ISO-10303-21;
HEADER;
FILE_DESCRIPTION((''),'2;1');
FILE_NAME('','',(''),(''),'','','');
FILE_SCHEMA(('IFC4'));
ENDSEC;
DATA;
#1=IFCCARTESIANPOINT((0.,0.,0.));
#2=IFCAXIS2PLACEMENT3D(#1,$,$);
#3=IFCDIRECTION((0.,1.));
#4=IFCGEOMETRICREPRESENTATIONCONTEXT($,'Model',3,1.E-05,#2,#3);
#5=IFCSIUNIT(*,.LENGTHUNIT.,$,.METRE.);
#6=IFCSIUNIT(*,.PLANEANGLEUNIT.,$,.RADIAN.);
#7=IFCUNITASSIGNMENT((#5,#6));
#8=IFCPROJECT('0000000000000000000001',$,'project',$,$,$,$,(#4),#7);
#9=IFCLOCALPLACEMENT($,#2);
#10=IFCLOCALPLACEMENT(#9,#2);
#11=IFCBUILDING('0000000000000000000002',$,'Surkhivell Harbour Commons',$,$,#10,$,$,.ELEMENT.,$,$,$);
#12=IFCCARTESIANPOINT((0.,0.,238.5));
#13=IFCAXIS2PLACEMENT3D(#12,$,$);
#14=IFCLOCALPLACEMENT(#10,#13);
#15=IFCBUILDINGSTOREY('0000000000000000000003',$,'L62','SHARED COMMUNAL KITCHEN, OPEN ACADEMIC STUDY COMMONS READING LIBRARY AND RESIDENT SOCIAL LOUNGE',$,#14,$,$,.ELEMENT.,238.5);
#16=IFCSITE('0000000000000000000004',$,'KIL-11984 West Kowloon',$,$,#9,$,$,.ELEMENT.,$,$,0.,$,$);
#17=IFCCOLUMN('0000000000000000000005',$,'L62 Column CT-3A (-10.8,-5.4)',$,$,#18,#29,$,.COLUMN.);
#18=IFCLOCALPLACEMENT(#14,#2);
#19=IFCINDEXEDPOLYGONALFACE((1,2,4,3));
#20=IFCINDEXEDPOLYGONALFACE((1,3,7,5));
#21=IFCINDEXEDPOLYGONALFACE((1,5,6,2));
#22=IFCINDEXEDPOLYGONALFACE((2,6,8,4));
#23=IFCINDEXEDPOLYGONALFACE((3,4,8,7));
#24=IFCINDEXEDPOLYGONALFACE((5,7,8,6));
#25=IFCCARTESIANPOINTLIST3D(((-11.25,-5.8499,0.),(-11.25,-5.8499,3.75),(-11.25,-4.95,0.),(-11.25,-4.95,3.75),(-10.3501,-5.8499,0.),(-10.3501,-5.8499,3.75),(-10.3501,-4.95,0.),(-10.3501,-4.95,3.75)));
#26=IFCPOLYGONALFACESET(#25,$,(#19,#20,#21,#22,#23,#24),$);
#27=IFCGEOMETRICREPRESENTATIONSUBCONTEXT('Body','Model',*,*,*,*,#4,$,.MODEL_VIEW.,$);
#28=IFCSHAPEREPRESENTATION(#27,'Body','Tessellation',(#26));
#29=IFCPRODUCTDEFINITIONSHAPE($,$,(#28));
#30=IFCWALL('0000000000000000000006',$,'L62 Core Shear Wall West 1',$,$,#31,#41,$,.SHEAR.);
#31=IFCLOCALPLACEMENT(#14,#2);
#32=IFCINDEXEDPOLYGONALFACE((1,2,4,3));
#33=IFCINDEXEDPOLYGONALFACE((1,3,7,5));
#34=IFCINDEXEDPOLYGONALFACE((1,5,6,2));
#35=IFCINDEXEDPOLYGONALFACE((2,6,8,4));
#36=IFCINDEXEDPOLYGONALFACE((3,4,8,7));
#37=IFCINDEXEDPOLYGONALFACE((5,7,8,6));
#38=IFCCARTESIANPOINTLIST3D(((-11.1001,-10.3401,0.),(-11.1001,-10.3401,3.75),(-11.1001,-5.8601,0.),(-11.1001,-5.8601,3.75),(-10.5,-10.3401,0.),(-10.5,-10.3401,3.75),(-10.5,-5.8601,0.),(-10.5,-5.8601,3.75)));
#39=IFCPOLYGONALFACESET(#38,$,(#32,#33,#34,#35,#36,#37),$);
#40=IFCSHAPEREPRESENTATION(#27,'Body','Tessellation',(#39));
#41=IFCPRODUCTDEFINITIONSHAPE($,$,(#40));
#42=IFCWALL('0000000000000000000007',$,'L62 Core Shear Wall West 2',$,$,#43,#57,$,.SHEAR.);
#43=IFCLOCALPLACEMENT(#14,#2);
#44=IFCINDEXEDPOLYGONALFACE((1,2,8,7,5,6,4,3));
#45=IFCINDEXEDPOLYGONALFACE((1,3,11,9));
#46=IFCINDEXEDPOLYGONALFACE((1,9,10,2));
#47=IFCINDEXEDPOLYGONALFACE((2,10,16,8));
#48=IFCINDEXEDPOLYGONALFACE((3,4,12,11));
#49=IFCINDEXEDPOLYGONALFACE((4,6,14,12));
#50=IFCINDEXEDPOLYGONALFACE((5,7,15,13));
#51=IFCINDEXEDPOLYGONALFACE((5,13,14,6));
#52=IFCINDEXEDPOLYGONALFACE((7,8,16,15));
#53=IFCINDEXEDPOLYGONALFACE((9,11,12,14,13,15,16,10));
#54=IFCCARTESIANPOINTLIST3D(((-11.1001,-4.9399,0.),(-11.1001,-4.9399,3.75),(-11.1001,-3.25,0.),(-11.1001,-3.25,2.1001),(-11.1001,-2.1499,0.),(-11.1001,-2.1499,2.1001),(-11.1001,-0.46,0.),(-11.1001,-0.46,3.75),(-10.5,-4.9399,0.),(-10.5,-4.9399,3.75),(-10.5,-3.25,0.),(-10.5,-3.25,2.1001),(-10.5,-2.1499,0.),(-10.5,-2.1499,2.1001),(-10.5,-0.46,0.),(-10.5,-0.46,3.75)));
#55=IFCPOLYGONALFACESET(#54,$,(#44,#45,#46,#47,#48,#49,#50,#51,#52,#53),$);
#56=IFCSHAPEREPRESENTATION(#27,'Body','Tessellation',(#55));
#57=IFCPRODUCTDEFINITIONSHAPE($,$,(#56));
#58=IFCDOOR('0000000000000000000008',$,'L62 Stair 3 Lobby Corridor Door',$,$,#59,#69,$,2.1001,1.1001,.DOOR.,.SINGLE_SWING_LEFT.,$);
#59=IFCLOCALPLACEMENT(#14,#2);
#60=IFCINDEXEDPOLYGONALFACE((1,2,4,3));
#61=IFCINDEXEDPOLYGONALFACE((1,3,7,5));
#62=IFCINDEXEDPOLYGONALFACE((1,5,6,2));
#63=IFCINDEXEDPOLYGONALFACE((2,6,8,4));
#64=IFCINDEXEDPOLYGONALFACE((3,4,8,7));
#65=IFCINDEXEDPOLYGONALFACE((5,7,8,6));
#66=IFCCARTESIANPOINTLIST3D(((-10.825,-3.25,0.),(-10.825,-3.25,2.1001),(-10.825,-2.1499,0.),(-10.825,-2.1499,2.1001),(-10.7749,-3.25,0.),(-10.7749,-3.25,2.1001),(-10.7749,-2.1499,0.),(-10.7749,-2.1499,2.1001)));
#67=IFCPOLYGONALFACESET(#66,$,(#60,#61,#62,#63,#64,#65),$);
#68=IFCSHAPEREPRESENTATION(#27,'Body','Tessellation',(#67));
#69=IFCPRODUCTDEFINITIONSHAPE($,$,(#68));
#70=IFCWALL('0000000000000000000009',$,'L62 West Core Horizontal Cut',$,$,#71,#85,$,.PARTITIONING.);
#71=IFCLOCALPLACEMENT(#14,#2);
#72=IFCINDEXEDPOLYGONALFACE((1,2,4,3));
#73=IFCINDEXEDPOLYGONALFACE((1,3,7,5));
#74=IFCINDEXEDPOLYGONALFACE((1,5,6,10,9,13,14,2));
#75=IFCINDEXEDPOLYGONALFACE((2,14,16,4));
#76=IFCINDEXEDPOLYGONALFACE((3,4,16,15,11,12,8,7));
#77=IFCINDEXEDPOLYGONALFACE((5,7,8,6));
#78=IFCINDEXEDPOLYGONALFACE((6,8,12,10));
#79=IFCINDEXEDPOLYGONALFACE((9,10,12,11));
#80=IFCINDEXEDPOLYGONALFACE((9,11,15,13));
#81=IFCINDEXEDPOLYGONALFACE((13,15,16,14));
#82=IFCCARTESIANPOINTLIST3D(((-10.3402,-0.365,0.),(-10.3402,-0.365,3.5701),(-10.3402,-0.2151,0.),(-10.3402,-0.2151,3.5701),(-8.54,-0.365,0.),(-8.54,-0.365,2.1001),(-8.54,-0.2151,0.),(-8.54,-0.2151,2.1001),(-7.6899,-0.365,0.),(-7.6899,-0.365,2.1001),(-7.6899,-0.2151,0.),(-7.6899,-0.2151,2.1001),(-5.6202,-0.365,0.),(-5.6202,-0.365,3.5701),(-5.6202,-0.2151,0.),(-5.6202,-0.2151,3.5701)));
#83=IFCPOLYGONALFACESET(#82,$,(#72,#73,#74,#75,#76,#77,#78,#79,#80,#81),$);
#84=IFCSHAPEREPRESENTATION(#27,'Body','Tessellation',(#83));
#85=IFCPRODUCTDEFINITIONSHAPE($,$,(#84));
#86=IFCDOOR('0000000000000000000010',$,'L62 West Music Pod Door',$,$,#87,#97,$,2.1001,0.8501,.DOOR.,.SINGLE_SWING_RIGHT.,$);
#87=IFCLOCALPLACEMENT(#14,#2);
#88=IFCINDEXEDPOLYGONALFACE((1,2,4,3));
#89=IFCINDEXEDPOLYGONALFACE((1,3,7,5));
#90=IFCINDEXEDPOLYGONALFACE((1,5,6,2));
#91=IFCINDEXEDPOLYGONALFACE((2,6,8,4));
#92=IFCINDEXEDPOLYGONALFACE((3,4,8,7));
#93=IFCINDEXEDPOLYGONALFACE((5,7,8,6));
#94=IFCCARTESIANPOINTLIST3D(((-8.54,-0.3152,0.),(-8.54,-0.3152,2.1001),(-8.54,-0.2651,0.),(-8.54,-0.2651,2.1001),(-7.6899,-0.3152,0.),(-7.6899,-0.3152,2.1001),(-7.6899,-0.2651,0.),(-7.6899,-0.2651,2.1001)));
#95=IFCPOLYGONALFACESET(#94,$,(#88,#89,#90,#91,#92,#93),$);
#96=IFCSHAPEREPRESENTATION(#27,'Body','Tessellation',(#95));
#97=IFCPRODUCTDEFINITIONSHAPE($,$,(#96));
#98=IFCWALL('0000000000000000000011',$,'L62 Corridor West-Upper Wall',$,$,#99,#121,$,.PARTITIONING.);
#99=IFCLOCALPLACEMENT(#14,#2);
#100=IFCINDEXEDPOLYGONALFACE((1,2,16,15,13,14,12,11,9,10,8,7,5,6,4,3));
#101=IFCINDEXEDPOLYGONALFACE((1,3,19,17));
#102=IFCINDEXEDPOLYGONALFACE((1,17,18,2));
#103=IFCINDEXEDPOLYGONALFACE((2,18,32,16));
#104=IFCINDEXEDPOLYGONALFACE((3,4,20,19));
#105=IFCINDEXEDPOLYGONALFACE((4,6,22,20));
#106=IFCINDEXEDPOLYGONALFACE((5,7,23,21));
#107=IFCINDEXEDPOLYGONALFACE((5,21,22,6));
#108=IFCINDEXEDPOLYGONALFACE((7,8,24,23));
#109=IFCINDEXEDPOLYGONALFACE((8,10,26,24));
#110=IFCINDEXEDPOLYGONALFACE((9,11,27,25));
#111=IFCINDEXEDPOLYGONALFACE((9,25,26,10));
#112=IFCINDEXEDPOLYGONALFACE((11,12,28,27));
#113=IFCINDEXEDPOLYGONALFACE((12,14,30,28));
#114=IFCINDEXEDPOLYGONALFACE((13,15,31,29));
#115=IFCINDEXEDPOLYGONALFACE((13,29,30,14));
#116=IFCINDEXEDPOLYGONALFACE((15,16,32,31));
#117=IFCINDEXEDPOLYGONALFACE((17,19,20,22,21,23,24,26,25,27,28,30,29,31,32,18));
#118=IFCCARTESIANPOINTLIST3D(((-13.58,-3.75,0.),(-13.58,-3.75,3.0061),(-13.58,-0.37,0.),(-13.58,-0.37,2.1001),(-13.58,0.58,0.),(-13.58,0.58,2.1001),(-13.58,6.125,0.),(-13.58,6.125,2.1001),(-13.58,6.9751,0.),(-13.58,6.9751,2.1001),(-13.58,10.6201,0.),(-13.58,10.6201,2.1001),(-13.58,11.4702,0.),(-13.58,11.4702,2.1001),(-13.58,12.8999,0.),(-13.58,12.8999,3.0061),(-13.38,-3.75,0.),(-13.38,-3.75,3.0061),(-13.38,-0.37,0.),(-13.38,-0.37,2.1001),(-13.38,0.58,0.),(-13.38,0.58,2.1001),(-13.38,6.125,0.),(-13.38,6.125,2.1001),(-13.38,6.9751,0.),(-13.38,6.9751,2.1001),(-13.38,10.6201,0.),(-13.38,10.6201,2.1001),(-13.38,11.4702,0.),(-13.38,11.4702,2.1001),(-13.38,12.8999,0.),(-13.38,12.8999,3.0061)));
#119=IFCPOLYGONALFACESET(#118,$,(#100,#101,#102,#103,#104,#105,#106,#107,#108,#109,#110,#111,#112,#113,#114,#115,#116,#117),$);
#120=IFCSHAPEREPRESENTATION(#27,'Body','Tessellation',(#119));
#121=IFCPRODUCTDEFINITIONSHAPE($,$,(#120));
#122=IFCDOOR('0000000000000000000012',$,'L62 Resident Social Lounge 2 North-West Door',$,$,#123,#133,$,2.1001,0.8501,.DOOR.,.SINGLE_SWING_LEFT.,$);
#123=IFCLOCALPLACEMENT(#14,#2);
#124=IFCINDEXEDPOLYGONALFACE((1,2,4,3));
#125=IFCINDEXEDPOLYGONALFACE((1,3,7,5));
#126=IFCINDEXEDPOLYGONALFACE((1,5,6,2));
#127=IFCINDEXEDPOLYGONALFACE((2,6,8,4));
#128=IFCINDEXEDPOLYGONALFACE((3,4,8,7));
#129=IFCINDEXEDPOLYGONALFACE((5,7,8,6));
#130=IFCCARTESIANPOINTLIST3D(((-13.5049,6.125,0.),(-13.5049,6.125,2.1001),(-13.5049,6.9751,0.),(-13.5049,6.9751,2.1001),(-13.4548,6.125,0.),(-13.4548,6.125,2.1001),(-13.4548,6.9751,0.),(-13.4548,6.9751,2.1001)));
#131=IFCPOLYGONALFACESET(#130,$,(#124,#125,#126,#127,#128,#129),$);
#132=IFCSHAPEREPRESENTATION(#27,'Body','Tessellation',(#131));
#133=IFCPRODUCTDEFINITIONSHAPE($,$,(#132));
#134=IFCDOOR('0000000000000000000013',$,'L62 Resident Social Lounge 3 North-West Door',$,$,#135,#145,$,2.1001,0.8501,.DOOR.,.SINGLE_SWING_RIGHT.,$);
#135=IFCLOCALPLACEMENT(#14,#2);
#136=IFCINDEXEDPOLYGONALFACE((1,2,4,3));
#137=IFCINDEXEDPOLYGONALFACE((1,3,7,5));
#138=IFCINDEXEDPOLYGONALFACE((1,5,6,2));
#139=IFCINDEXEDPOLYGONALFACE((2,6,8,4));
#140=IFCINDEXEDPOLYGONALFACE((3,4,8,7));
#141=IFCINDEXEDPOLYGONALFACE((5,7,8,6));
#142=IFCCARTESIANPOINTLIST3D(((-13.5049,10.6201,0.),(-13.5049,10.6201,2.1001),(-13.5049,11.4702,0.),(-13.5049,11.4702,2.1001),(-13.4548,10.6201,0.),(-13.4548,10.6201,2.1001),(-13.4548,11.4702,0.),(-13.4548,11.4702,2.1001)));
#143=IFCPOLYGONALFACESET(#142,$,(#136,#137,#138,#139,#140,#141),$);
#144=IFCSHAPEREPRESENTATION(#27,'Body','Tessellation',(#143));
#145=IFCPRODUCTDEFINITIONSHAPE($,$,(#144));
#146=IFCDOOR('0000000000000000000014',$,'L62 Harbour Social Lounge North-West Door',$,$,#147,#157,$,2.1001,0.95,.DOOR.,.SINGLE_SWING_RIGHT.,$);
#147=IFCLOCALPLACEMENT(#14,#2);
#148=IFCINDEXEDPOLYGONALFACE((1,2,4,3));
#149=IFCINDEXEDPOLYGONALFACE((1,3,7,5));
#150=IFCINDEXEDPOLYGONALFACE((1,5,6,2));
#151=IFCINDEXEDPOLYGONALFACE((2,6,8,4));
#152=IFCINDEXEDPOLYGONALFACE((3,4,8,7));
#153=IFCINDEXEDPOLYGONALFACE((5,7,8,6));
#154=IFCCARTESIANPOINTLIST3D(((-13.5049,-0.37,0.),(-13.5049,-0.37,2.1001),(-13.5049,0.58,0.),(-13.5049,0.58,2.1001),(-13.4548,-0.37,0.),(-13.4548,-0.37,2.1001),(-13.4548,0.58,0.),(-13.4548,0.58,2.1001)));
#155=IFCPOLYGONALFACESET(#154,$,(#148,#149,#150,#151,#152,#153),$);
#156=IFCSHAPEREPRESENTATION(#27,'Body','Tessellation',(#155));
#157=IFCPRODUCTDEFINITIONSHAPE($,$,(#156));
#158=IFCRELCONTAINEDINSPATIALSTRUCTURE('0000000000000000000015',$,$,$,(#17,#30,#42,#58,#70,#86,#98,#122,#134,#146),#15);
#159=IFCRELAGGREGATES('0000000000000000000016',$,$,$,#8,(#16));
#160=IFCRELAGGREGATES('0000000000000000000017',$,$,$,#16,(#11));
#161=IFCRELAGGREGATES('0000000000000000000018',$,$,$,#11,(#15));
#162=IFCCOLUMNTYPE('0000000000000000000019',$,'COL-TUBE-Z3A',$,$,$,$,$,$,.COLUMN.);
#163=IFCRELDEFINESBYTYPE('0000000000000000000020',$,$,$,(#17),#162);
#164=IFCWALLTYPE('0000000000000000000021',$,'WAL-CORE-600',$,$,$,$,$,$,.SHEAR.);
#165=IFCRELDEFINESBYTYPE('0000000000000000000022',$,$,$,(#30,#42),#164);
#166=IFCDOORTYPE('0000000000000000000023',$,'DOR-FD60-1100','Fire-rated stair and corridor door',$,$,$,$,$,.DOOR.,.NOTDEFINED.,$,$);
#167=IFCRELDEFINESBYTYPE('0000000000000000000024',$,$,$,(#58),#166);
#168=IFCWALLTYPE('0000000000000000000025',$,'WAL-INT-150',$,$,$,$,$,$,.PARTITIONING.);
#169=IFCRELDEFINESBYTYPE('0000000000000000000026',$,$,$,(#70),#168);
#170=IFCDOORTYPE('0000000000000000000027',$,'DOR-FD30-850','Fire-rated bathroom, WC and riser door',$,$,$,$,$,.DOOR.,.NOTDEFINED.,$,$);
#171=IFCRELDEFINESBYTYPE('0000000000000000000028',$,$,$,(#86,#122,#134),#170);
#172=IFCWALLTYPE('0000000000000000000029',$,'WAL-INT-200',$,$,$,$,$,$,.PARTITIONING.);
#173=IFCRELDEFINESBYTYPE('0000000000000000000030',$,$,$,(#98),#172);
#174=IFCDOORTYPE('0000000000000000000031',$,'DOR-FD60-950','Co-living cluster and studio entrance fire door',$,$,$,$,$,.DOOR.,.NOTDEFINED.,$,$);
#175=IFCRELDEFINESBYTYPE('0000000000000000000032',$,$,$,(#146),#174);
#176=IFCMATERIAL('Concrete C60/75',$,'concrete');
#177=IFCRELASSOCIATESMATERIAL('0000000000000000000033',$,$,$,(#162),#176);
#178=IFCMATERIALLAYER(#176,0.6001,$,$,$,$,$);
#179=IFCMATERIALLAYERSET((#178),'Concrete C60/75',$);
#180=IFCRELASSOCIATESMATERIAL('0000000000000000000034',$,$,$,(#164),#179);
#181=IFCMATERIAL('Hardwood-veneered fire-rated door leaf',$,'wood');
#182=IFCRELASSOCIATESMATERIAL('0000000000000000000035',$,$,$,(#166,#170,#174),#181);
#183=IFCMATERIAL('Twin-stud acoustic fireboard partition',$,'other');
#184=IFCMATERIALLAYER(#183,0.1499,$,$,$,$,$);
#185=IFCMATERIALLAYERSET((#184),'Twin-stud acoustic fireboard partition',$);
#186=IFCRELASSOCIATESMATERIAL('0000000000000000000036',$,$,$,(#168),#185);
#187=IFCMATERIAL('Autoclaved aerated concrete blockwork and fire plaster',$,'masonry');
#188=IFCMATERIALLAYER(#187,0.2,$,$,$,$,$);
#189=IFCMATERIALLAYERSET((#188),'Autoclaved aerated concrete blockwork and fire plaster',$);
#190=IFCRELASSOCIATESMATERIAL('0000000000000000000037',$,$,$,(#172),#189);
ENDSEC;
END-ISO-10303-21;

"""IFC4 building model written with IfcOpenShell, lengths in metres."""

from ifc_helpers import new_model, si_unit, direction, frame, frame_2d, origin, origin_2d, place, context, subcontext, project, spatial, rectangle, extrude, material, layer, layer_set, material_profile, profile_set, type_object, element, fill, save


model = new_model("IFC4")

# Units and contexts
model_context = context("Model", 3, precision=1e-05, world=origin(), true_north=direction((0.0, 1.0)))
body_context = subcontext(model_context, "Body", "Model", "MODEL_VIEW")
ifc_project = project(units=[si_unit("LENGTHUNIT", "METRE"), si_unit("PLANEANGLEUNIT", "RADIAN")], contexts=[model_context])

# Site, building, storey
site_placement = place(None, origin())
site = spatial("IfcSite", under=ifc_project, at=site_placement, Name="KIL-11984 West Kowloon", CompositionType="ELEMENT", RefElevation=0.0)
building_placement = place(site_placement, origin())
building = spatial("IfcBuilding", under=site, at=building_placement, Name="Surkhivell Harbour Commons", CompositionType="ELEMENT")
storey_placement = place(building_placement, frame((0.0, 0.0, 238.5)))
storey = spatial("IfcBuildingStorey", under=building, at=storey_placement, Name="L62", Description="SHARED COMMUNAL KITCHEN, OPEN ACADEMIC STUDY COMMONS READING LIBRARY AND RESIDENT SOCIAL LOUNGE", CompositionType="ELEMENT", Elevation=238.5)

# Column
ifc_material_1 = material(Name="Concrete C60/75", Category="concrete")
ifc_material_profile = material_profile(ifc_material_1, rectangle(XDim=0.8999, YDim=0.8999, at=origin_2d()), Name="RC-COL-900x900")
ifc_profile_set = profile_set([ifc_material_profile], Name="Concrete C60/75")
column_type = type_object("IfcColumnType", Name="COL-TUBE-Z3A", PredefinedType="COLUMN", material=ifc_profile_set)
column_placement = place(storey_placement, frame((-10.8, -5.3999, 0.0), z_axis=(0.0, 0.0, 1.0), x_axis=(1.0, 0.0, 0.0)))
element("IfcColumn", 1, at=column_placement, inside=storey, type_object=column_type, Name="L62 Column CT-3A (-10.8,-5.4)", PredefinedType="COLUMN", context=body_context, shape_type="SweptSolid", body=[
    extrude(rectangle(XDim=0.8999, YDim=0.8999, at=origin_2d()), origin(), (0.0, 0.0, 1.0), 3.75),
])

# Wall
ifc_layer_1 = layer(ifc_material_1, 0.6001)
ifc_layer_set_1 = layer_set([ifc_layer_1], Name="Concrete C60/75")
wall_type_1 = type_object("IfcWallType", Name="WAL-CORE-600", PredefinedType="SHEAR", material=ifc_layer_set_1)
wall_1_placement = place(storey_placement, frame((-10.8, -10.3401, 0.0), z_axis=(0.0, 0.0, 1.0), x_axis=(0.0, 1.0, 0.0)))
element("IfcWall", 2, at=wall_1_placement, inside=storey, type_object=wall_type_1, Name="L62 Core Shear Wall West 1", PredefinedType="SHEAR", context=body_context, shape_type="SweptSolid", body=[
    extrude(rectangle(XDim=4.48, YDim=0.6001, at=frame_2d((2.24, 0.0))), origin(), (0.0, 0.0, 1.0), 3.75),
])

# Walls, openings, doors
wall_2_placement = place(storey_placement, frame((-10.8, -4.9399, 0.0), z_axis=(0.0, 0.0, 1.0), x_axis=(0.0, 1.0, 0.0)))
wall_2 = element("IfcWall", 3, at=wall_2_placement, inside=storey, type_object=wall_type_1, Name="L62 Core Shear Wall West 2", PredefinedType="SHEAR", context=body_context, shape_type="SweptSolid", body=[
    extrude(rectangle(XDim=4.48, YDim=0.6001, at=frame_2d((2.24, 0.0))), origin(), (0.0, 0.0, 1.0), 3.75),
])
opening_1_placement = place(wall_2_placement, frame((1.6899, 0.0, 0.0)))
opening_1 = element("IfcOpeningElement", 4, at=opening_1_placement, cuts=wall_2, PredefinedType="OPENING", context=body_context, shape_type="SweptSolid", body=[
    extrude(rectangle(XDim=1.1001, YDim=2.1001, at=frame_2d((0.55, 1.05))), frame((0.0, 0.3101, 0.0), z_axis=(0.0, -1.0, 0.0), x_axis=(1.0, 0.0, 0.0)), (0.0, 0.0, 1.0), 0.6201),
])
ifc_material_2 = material(Name="Hardwood-veneered fire-rated door leaf", Category="wood")
door_type_1 = type_object("IfcDoorType", Name="DOR-FD60-1100", Description="Fire-rated stair and corridor door", OperationType="NOTDEFINED", PredefinedType="DOOR", material=ifc_material_2)
door_1_placement = place(opening_1_placement, origin())
door_1 = element("IfcDoor", 5, at=door_1_placement, inside=storey, type_object=door_type_1, Name="L62 Stair 3 Lobby Corridor Door", OperationType="SINGLE_SWING_LEFT", OverallHeight=2.1001, OverallWidth=1.1001, PredefinedType="DOOR", context=body_context, shape_type="SweptSolid", body=[
    extrude(rectangle(XDim=1.1001, YDim=2.1001, at=frame_2d((0.55, 1.05))), frame((0.0, 0.0249, 0.0), z_axis=(0.0, -1.0, 0.0), x_axis=(1.0, 0.0, 0.0)), (0.0, 0.0, 1.0), 0.05),
])
fill(opening_1, door_1)
ifc_material_3 = material(Name="Twin-stud acoustic fireboard partition", Category="other")
ifc_layer_2 = layer(ifc_material_3, 0.1499)
ifc_layer_set_2 = layer_set([ifc_layer_2], Name="Twin-stud acoustic fireboard partition")
wall_type_2 = type_object("IfcWallType", Name="WAL-INT-150", PredefinedType="PARTITIONING", material=ifc_layer_set_2)
wall_3_placement = place(storey_placement, frame((-10.3401, -0.29, 0.0), z_axis=(0.0, 0.0, 1.0), x_axis=(1.0, 0.0, 0.0)))
wall_3 = element("IfcWall", 6, at=wall_3_placement, inside=storey, type_object=wall_type_2, Name="L62 West Core Horizontal Cut", PredefinedType="PARTITIONING", context=body_context, shape_type="SweptSolid", body=[
    extrude(rectangle(XDim=4.72, YDim=0.1499, at=frame_2d((2.3599, 0.0))), origin(), (0.0, 0.0, 1.0), 3.5701),
])
opening_2_placement = place(wall_3_placement, frame((1.8, 0.0, 0.0)))
opening_2 = element("IfcOpeningElement", 7, at=opening_2_placement, cuts=wall_3, PredefinedType="OPENING", context=body_context, shape_type="SweptSolid", body=[
    extrude(rectangle(XDim=0.8501, YDim=2.1001, at=frame_2d((0.425, 1.05))), frame((0.0, 0.085, 0.0), z_axis=(0.0, -1.0, 0.0), x_axis=(1.0, 0.0, 0.0)), (0.0, 0.0, 1.0), 0.1699),
])
door_type_2 = type_object("IfcDoorType", Name="DOR-FD30-850", Description="Fire-rated bathroom, WC and riser door", OperationType="NOTDEFINED", PredefinedType="DOOR", material=ifc_material_2)
door_2_placement = place(opening_2_placement, origin())
door_2 = element("IfcDoor", 8, at=door_2_placement, inside=storey, type_object=door_type_2, Name="L62 West Music Pod Door", OperationType="SINGLE_SWING_RIGHT", OverallHeight=2.1001, OverallWidth=0.8501, PredefinedType="DOOR", context=body_context, shape_type="SweptSolid", body=[
    extrude(rectangle(XDim=0.8501, YDim=2.1001, at=frame_2d((0.425, 1.05))), frame((0.0, 0.0249, 0.0), z_axis=(0.0, -1.0, 0.0), x_axis=(1.0, 0.0, 0.0)), (0.0, 0.0, 1.0), 0.05),
])
fill(opening_2, door_2)

# Wall, openings, doors
ifc_material_4 = material(Name="Autoclaved aerated concrete blockwork and fire plaster", Category="masonry")
ifc_layer_3 = layer(ifc_material_4, 0.2)
ifc_layer_set_3 = layer_set([ifc_layer_3], Name="Autoclaved aerated concrete blockwork and fire plaster")
wall_type_3 = type_object("IfcWallType", Name="WAL-INT-200", PredefinedType="PARTITIONING", material=ifc_layer_set_3)
wall_4_placement = place(storey_placement, frame((-13.48, -3.75, 0.0), z_axis=(0.0, 0.0, 1.0), x_axis=(0.0, 1.0, 0.0)))
wall_4 = element("IfcWall", 9, at=wall_4_placement, inside=storey, type_object=wall_type_3, Name="L62 Corridor West-Upper Wall", PredefinedType="PARTITIONING", context=body_context, shape_type="SweptSolid", body=[
    extrude(rectangle(XDim=16.6499, YDim=0.2, at=frame_2d((8.325, 0.0))), origin(), (0.0, 0.0, 1.0), 3.0061),
])
opening_3_placement = place(wall_4_placement, frame((3.3799, 0.0, 0.0)))
opening_3 = element("IfcOpeningElement", 10, at=opening_3_placement, cuts=wall_4, PredefinedType="OPENING", context=body_context, shape_type="SweptSolid", body=[
    extrude(rectangle(XDim=0.95, YDim=2.1001, at=frame_2d((0.4751, 1.05))), frame((0.0, 0.1099, 0.0), z_axis=(0.0, -1.0, 0.0), x_axis=(1.0, 0.0, 0.0)), (0.0, 0.0, 1.0), 0.22),
])
opening_4_placement = place(wall_4_placement, frame((9.875, 0.0, 0.0)))
opening_4 = element("IfcOpeningElement", 11, at=opening_4_placement, cuts=wall_4, PredefinedType="OPENING", context=body_context, shape_type="SweptSolid", body=[
    extrude(rectangle(XDim=0.8501, YDim=2.1001, at=frame_2d((0.425, 1.05))), frame((0.0, 0.1099, 0.0), z_axis=(0.0, -1.0, 0.0), x_axis=(1.0, 0.0, 0.0)), (0.0, 0.0, 1.0), 0.22),
])
opening_5_placement = place(wall_4_placement, frame((14.3701, 0.0, 0.0)))
opening_5 = element("IfcOpeningElement", 12, at=opening_5_placement, cuts=wall_4, PredefinedType="OPENING", context=body_context, shape_type="SweptSolid", body=[
    extrude(rectangle(XDim=0.8501, YDim=2.1001, at=frame_2d((0.425, 1.05))), frame((0.0, 0.1099, 0.0), z_axis=(0.0, -1.0, 0.0), x_axis=(1.0, 0.0, 0.0)), (0.0, 0.0, 1.0), 0.22),
])
door_3_placement = place(opening_4_placement, origin())
door_3 = element("IfcDoor", 13, at=door_3_placement, inside=storey, type_object=door_type_2, Name="L62 Resident Social Lounge 2 North-West Door", OperationType="SINGLE_SWING_LEFT", OverallHeight=2.1001, OverallWidth=0.8501, PredefinedType="DOOR", context=body_context, shape_type="SweptSolid", body=[
    extrude(rectangle(XDim=0.8501, YDim=2.1001, at=frame_2d((0.425, 1.05))), frame((0.0, 0.0249, 0.0), z_axis=(0.0, -1.0, 0.0), x_axis=(1.0, 0.0, 0.0)), (0.0, 0.0, 1.0), 0.05),
])
fill(opening_4, door_3)
door_4_placement = place(opening_5_placement, origin())
door_4 = element("IfcDoor", 14, at=door_4_placement, inside=storey, type_object=door_type_2, Name="L62 Resident Social Lounge 3 North-West Door", OperationType="SINGLE_SWING_RIGHT", OverallHeight=2.1001, OverallWidth=0.8501, PredefinedType="DOOR", context=body_context, shape_type="SweptSolid", body=[
    extrude(rectangle(XDim=0.8501, YDim=2.1001, at=frame_2d((0.425, 1.05))), frame((0.0, 0.0249, 0.0), z_axis=(0.0, -1.0, 0.0), x_axis=(1.0, 0.0, 0.0)), (0.0, 0.0, 1.0), 0.05),
])
fill(opening_5, door_4)
door_type_3 = type_object("IfcDoorType", Name="DOR-FD60-950", Description="Co-living cluster and studio entrance fire door", OperationType="NOTDEFINED", PredefinedType="DOOR", material=ifc_material_2)
door_5_placement = place(opening_3_placement, origin())
door_5 = element("IfcDoor", 15, at=door_5_placement, inside=storey, type_object=door_type_3, Name="L62 Harbour Social Lounge North-West Door", OperationType="SINGLE_SWING_RIGHT", OverallHeight=2.1001, OverallWidth=0.95, PredefinedType="DOOR", context=body_context, shape_type="SweptSolid", body=[
    extrude(rectangle(XDim=0.95, YDim=2.1001, at=frame_2d((0.4751, 1.05))), frame((0.0, 0.0249, 0.0), z_axis=(0.0, -1.0, 0.0), x_axis=(1.0, 0.0, 0.0)), (0.0, 0.0, 1.0), 0.05),
])
fill(opening_3, door_5)

save(model, "model.ifc")
